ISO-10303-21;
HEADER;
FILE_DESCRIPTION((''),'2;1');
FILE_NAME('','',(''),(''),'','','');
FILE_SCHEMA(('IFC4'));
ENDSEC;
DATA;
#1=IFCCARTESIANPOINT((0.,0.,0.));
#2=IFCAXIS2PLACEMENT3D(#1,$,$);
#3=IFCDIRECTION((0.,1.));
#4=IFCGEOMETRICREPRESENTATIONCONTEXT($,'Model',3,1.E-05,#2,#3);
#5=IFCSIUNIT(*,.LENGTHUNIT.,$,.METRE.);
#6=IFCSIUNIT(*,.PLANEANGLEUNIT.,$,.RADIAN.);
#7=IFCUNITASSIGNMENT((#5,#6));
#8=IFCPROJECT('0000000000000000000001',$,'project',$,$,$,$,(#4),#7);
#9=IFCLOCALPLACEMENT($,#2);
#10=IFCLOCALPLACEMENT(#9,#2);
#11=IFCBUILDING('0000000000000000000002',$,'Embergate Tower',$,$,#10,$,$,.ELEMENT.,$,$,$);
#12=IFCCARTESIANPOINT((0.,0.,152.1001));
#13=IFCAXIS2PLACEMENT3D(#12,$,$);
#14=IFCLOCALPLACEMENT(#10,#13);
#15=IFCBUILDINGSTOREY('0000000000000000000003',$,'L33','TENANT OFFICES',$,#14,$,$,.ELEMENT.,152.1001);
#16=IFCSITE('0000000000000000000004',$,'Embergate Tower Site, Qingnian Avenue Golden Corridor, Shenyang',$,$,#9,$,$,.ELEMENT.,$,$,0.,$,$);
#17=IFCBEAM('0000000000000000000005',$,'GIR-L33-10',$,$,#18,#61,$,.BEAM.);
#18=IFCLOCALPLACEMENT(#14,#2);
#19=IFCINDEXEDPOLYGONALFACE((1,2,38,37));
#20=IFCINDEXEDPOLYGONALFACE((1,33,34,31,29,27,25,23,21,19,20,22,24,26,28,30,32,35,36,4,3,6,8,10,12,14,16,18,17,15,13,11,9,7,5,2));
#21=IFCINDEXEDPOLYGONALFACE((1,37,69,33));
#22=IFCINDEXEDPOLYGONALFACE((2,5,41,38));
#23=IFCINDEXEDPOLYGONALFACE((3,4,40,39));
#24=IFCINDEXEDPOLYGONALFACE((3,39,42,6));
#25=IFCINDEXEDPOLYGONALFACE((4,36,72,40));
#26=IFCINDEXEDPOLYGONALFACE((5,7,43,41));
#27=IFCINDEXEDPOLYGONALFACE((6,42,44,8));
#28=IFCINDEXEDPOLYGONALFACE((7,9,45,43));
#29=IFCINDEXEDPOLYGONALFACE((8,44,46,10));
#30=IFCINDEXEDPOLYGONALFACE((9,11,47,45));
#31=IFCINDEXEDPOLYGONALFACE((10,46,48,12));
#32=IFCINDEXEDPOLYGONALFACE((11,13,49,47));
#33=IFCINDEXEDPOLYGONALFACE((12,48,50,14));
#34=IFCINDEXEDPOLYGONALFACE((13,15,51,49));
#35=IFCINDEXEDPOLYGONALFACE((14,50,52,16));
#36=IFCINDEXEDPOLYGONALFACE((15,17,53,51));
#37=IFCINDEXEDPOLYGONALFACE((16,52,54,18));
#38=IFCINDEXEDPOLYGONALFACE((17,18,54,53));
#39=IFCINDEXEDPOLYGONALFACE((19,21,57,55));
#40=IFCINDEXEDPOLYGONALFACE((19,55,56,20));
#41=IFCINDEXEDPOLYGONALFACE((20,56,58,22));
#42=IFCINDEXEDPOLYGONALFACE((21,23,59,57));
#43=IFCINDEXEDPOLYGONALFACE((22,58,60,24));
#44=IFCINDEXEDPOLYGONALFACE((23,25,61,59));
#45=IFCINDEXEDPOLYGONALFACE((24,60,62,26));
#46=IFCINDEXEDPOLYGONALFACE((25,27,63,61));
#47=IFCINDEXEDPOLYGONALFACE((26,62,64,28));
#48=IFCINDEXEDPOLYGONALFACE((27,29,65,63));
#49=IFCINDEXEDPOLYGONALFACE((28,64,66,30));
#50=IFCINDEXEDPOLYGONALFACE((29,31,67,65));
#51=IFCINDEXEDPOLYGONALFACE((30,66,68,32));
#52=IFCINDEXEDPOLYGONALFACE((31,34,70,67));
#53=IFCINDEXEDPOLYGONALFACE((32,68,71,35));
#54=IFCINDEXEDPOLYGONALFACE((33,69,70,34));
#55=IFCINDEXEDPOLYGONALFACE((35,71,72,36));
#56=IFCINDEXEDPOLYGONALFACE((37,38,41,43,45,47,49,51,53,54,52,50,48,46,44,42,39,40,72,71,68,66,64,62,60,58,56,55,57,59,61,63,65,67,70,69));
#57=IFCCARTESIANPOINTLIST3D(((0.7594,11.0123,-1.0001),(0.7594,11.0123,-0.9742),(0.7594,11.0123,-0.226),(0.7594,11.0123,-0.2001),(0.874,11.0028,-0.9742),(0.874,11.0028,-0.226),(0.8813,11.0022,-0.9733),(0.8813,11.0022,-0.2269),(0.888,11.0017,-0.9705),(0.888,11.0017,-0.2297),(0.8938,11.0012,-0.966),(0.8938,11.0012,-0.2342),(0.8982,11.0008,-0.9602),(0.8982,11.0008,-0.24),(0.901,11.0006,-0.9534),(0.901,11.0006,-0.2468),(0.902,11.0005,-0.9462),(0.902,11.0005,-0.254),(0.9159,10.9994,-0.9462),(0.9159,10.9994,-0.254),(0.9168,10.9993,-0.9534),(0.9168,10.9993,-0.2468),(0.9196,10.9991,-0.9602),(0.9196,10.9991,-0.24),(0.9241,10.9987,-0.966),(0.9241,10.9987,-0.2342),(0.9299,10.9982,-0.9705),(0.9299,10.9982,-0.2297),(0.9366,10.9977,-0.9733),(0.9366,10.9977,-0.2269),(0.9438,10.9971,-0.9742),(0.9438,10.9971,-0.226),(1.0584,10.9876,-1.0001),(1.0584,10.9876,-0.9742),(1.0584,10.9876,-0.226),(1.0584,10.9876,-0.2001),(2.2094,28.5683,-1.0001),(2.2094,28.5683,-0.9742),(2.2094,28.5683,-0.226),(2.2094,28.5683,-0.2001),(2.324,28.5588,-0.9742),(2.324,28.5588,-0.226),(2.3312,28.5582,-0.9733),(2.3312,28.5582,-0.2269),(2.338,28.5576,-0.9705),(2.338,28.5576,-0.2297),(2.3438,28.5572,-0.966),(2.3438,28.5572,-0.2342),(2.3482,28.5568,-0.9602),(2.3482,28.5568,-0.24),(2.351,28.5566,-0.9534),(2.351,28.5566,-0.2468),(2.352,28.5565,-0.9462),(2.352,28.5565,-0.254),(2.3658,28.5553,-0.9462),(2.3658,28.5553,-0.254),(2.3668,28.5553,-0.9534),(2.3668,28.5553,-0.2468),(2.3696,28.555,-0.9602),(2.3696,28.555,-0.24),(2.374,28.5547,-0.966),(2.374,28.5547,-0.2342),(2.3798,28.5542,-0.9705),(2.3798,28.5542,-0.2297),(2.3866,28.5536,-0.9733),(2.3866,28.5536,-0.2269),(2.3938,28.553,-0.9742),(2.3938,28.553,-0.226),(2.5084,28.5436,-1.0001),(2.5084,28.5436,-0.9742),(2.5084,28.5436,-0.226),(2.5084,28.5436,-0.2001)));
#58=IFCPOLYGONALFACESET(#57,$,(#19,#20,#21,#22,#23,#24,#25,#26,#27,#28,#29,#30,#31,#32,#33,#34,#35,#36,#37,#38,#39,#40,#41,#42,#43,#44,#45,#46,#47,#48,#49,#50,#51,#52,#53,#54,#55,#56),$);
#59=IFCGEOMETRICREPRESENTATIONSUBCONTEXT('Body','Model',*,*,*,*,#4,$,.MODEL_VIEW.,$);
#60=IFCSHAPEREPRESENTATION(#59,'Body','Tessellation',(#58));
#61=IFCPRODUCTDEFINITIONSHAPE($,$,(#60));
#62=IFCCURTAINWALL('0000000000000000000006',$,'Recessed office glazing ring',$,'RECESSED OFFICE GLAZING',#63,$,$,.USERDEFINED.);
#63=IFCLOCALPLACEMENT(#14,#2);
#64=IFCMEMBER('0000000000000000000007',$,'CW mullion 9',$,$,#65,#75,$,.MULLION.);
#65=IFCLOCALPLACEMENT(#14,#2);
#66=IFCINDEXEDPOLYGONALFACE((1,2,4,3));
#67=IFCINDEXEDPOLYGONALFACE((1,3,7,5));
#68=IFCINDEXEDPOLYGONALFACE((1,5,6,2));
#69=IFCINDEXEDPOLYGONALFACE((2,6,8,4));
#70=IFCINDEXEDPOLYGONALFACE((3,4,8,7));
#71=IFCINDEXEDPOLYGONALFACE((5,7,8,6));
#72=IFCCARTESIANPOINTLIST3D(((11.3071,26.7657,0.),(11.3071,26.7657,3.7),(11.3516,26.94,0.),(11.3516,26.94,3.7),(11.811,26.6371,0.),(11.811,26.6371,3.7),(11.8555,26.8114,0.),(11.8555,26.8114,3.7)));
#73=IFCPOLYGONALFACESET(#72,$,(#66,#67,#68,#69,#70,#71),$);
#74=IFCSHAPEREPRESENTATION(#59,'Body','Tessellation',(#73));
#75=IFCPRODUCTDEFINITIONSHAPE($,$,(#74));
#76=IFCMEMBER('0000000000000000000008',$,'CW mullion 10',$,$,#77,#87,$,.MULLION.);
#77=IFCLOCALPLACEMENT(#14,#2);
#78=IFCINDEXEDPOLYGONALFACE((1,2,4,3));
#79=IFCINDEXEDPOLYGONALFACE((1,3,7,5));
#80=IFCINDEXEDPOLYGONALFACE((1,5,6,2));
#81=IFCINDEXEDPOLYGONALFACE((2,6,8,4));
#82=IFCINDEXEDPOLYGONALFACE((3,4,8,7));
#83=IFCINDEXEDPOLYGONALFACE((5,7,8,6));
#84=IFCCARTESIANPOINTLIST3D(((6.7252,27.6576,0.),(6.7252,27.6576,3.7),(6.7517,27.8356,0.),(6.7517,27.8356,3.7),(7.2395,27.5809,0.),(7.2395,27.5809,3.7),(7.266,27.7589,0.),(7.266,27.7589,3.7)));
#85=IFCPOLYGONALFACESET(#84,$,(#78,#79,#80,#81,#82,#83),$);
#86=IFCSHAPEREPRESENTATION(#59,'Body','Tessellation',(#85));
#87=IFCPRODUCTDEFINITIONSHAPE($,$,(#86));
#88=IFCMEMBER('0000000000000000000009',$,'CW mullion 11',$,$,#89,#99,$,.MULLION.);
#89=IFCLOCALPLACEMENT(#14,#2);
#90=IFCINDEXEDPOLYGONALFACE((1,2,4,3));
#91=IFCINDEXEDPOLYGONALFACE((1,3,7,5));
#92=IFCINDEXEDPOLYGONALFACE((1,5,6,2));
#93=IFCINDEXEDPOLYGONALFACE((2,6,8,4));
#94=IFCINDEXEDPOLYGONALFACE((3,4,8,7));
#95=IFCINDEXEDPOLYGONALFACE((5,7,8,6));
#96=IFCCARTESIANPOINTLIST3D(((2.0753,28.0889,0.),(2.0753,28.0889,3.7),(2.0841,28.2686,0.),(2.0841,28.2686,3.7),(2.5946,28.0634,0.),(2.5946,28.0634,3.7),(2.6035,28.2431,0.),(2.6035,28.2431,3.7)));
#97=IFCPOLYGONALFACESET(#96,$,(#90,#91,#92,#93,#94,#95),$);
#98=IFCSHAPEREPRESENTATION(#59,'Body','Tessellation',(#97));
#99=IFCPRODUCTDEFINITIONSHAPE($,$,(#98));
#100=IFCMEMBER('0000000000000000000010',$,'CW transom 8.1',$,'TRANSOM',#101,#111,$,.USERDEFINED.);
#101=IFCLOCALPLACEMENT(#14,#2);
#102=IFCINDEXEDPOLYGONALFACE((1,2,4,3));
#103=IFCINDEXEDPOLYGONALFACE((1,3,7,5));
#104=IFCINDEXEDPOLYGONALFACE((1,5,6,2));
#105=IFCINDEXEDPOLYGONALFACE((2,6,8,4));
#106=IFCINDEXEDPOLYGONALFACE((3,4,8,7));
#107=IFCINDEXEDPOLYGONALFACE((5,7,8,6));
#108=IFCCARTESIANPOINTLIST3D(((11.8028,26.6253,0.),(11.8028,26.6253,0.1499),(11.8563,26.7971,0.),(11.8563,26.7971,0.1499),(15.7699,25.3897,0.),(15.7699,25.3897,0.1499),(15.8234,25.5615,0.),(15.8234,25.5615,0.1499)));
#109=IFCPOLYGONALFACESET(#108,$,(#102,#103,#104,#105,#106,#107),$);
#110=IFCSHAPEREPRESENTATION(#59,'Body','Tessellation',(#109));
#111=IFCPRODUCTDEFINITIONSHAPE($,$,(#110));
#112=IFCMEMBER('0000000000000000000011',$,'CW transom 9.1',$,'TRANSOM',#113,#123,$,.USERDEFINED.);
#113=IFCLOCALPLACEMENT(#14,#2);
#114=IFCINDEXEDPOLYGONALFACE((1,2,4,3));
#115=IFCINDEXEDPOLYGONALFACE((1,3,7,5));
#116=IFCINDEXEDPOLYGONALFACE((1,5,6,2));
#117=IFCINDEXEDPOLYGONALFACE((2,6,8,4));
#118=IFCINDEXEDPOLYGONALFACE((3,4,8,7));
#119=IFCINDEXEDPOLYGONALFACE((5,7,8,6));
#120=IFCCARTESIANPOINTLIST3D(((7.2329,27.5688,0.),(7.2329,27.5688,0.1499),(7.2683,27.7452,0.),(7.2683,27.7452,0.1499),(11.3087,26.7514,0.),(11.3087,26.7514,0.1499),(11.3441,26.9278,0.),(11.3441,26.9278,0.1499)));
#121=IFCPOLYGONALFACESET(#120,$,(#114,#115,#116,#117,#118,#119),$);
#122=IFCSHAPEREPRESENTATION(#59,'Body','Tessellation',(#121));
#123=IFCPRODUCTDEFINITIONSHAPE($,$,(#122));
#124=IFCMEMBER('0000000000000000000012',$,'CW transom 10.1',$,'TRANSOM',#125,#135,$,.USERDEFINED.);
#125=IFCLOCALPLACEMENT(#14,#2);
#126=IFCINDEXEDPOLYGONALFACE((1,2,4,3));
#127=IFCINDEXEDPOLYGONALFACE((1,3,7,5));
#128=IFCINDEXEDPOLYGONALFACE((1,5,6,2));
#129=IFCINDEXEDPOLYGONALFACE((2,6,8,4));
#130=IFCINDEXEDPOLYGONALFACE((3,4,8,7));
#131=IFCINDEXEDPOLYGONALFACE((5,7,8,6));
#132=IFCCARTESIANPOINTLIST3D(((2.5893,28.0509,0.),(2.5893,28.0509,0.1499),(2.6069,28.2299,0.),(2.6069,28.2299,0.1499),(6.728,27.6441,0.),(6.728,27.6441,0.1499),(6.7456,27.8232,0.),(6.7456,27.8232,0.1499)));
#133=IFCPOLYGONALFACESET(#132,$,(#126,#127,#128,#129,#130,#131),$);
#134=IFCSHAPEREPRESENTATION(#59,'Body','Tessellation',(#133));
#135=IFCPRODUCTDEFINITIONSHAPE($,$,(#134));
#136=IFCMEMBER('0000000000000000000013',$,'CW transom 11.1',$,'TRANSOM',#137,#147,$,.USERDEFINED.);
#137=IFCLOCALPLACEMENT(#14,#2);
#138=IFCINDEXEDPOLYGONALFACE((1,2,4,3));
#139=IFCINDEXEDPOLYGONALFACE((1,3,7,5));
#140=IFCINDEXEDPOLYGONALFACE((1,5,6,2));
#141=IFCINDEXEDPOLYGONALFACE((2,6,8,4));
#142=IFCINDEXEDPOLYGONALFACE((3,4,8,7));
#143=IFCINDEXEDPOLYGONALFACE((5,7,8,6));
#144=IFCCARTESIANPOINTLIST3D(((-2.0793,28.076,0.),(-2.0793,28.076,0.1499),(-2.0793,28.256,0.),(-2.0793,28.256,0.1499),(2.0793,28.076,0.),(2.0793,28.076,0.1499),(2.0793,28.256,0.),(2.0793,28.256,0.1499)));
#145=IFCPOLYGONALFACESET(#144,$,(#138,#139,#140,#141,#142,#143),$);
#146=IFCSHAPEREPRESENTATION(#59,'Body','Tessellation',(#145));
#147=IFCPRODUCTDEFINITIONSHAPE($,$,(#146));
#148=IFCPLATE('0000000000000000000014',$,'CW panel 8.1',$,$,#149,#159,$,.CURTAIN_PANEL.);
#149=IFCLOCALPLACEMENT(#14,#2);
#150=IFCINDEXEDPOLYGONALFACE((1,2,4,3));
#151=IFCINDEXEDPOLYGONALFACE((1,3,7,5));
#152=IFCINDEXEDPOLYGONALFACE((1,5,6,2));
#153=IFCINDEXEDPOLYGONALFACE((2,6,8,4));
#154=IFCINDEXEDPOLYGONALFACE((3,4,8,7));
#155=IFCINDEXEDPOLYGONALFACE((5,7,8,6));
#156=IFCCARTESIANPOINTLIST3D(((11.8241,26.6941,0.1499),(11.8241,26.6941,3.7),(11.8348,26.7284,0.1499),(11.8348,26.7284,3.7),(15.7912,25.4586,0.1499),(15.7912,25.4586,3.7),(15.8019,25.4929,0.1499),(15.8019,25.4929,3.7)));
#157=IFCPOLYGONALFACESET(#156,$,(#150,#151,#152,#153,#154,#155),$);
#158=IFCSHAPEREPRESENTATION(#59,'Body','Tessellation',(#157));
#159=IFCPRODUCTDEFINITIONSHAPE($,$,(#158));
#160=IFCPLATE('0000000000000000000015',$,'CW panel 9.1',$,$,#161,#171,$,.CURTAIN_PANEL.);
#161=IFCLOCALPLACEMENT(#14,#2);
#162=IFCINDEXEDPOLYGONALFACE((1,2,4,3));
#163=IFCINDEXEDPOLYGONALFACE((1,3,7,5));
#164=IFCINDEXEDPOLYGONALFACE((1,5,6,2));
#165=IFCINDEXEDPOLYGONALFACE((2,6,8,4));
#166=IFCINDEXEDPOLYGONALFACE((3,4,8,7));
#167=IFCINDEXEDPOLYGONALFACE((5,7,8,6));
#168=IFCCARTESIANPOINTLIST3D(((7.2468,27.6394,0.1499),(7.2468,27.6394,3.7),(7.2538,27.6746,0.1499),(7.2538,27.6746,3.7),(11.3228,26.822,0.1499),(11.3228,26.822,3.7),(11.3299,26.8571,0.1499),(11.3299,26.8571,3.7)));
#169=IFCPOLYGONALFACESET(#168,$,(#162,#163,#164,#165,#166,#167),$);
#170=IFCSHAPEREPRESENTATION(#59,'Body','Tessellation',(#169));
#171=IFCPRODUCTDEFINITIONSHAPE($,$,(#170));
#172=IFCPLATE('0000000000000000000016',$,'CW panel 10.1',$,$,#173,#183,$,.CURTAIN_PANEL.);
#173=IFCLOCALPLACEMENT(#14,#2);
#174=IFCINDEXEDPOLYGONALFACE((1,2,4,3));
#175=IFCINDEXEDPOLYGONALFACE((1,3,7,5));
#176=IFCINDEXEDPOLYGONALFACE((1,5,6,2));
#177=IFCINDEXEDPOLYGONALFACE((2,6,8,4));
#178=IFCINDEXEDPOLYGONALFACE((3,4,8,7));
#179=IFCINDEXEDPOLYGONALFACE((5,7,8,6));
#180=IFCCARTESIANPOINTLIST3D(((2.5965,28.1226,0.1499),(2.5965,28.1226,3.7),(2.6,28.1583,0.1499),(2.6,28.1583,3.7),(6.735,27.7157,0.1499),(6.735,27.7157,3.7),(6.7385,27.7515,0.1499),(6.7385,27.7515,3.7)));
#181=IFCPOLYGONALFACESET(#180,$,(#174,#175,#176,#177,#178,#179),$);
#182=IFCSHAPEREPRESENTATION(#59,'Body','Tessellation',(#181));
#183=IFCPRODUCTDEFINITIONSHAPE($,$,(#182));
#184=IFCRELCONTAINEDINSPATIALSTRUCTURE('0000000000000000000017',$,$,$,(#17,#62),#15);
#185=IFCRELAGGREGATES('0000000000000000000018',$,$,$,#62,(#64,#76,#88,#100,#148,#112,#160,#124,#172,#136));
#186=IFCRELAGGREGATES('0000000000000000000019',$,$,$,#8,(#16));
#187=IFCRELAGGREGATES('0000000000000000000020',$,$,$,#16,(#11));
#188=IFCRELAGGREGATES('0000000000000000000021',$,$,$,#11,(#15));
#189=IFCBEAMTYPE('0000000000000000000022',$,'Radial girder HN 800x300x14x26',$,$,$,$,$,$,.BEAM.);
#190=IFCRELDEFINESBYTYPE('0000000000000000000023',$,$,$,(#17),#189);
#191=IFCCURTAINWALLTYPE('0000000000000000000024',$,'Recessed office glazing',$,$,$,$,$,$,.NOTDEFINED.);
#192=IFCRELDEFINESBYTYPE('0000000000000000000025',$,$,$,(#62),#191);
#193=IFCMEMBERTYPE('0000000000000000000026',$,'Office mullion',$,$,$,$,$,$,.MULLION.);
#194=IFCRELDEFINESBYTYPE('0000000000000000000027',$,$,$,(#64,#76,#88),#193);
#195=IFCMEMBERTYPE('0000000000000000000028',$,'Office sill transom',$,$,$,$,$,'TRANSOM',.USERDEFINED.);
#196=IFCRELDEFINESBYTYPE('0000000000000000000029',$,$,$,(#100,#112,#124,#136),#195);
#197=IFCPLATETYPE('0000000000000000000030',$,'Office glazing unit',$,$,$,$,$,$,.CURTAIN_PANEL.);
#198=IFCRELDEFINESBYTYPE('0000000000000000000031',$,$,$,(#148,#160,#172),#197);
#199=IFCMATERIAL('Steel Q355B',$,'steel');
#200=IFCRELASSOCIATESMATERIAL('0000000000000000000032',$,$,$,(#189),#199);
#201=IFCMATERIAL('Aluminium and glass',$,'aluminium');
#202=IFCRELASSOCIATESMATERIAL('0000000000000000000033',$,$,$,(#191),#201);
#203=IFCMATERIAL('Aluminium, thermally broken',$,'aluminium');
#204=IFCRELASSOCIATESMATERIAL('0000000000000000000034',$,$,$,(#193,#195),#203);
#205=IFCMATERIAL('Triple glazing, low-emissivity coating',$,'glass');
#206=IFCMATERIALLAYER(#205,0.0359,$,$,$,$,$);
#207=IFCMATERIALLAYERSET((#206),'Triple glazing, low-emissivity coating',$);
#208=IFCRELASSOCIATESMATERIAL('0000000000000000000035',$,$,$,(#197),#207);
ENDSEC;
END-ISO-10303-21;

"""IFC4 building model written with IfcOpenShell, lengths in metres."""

from ifc_helpers import new_model, si_unit, direction, frame, origin, origin_2d, place, context, subcontext, project, spatial, rectangle, i_section, extrude, source, transform, mapped, material, layer, layer_set, material_profile, profile_set, type_object, element, aggregate, save


model = new_model("IFC4")

# Units and contexts
model_context = context("Model", 3, precision=1e-05, world=origin(), true_north=direction((0.0, 1.0)))
body_context = subcontext(model_context, "Body", "Model", "MODEL_VIEW")
ifc_project = project(units=[si_unit("LENGTHUNIT", "METRE"), si_unit("PLANEANGLEUNIT", "RADIAN")], contexts=[model_context])

# Site, building, storey
site_placement = place(None, origin())
site = spatial("IfcSite", under=ifc_project, at=site_placement, Name="Embergate Tower Site, Qingnian Avenue Golden Corridor, Shenyang", CompositionType="ELEMENT", RefElevation=0.0)
building_placement = place(site_placement, origin())
building = spatial("IfcBuilding", under=site, at=building_placement, Name="Embergate Tower", CompositionType="ELEMENT")
storey_placement = place(building_placement, frame((0.0, 0.0, 152.1001)))
storey = spatial("IfcBuildingStorey", under=building, at=storey_placement, Name="L33", Description="TENANT OFFICES", CompositionType="ELEMENT", Elevation=152.1001)

# Beam
ifc_material_1 = material(Name="Steel Q355B", Category="steel")
ifc_material_profile_1 = material_profile(ifc_material_1, i_section(OverallWidth=0.3, OverallDepth=0.8, WebThickness=0.0139, FlangeThickness=0.0259, FilletRadius=0.0281, at=origin_2d()), Name="HN 800x300x14x26")
ifc_profile_set_1 = profile_set([ifc_material_profile_1], Name="Steel Q355 grade B")
beam_type_1 = type_object("IfcBeamType", Name="Radial girder HN 800x300x14x26", PredefinedType="BEAM", material=ifc_profile_set_1)
shared_shape_1 = source(origin(), body_context, "Body", "SweptSolid", [
    extrude(i_section(OverallWidth=0.3, OverallDepth=0.8, WebThickness=0.0139, FlangeThickness=0.0259, FilletRadius=0.0281, at=origin_2d()), origin(), (0.0, 0.0, 1.0), 17.6157),
])
beam_1_placement = place(storey_placement, frame((2.3589, 28.5559, -0.6001), z_axis=(-0.08231, -0.996607, 0.0), x_axis=(0.996607, -0.08231, 0.0)))
element("IfcBeam", 1, at=beam_1_placement, inside=storey, type_object=beam_type_1, Name="GIR-L33-10", PredefinedType="BEAM", context=body_context, shape_type="MappedRepresentation", body=[
    mapped(shared_shape_1, transform((0.0, 0.0, 0.0))),
])

# Curtain wall, members, plates
ifc_material_2 = material(Name="Aluminium and glass", Category="aluminium")
curtain_wall_type = type_object("IfcCurtainWallType", Name="Recessed office glazing", PredefinedType="NOTDEFINED", material=ifc_material_2)
curtain_wall_placement = place(storey_placement, origin())
curtain_wall = element("IfcCurtainWall", 2, at=curtain_wall_placement, inside=storey, type_object=curtain_wall_type, Name="Recessed office glazing ring", ObjectType="RECESSED OFFICE GLAZING", PredefinedType="USERDEFINED")
ifc_material_3 = material(Name="Aluminium, thermally broken", Category="aluminium")
ifc_material_profile_2 = material_profile(ifc_material_3, rectangle(XDim=0.1799, YDim=0.52, at=origin_2d()), Name="AL 520x180")
ifc_profile_set_2 = profile_set([ifc_material_profile_2], Name="Aluminium, thermally broken")
member_type_1 = type_object("IfcMemberType", Name="Office mullion", PredefinedType="MULLION", material=ifc_profile_set_2)
shared_shape_2 = source(origin(), body_context, "Body", "SweptSolid", [
    extrude(rectangle(XDim=0.1799, YDim=0.52, at=origin_2d()), origin(), (0.0, 0.0, 1.0), 3.7),
])
member_1_placement = place(storey_placement, frame((11.5813, 26.7886, 0.0), z_axis=(0.0, 0.0, 1.0), x_axis=(-0.247312, -0.968936, 0.0)))
member_1 = element("IfcMember", 3, at=member_1_placement, type_object=member_type_1, Name="CW mullion 9", PredefinedType="MULLION", context=body_context, shape_type="MappedRepresentation", body=[
    mapped(shared_shape_2, transform((0.0, 0.0, 0.0))),
])
member_2_placement = place(storey_placement, frame((6.9956, 27.7083, 0.0), z_axis=(0.0, 0.0, 1.0), x_axis=(-0.147412, -0.989075, 0.0)))
member_2 = element("IfcMember", 4, at=member_2_placement, type_object=member_type_1, Name="CW mullion 10", PredefinedType="MULLION", context=body_context, shape_type="MappedRepresentation", body=[
    mapped(shared_shape_2, transform((0.0, 0.0, 0.0))),
])
member_3_placement = place(storey_placement, frame((2.3394, 28.166, 0.0), z_axis=(0.0, 0.0, 1.0), x_axis=(-0.048972, -0.9988, 0.0)))
member_3 = element("IfcMember", 5, at=member_3_placement, type_object=member_type_1, Name="CW mullion 11", PredefinedType="MULLION", context=body_context, shape_type="MappedRepresentation", body=[
    mapped(shared_shape_2, transform((0.0, 0.0, 0.0))),
])
ifc_material_profile_3 = material_profile(ifc_material_3, rectangle(XDim=0.1799, YDim=0.1499, at=origin_2d()), Name="AL 150x180")
ifc_profile_set_3 = profile_set([ifc_material_profile_3], Name="Aluminium, thermally broken")
member_type_2 = type_object("IfcMemberType", Name="Office sill transom", ElementType="TRANSOM", PredefinedType="USERDEFINED", material=ifc_profile_set_3)
shared_shape_3 = source(origin(), body_context, "Body", "SweptSolid", [
    extrude(rectangle(XDim=0.1799, YDim=0.1499, at=origin_2d()), origin(), (0.0, 0.0, 1.0), 4.155),
])
member_4_placement = place(storey_placement, frame((15.7966, 25.4756, 0.075), z_axis=(-0.954761, 0.297375, 0.0), x_axis=(-0.297375, -0.954761, 0.0)))
member_4 = element("IfcMember", 6, at=member_4_placement, type_object=member_type_2, Name="CW transom 8.1", ObjectType="TRANSOM", PredefinedType="USERDEFINED", context=body_context, shape_type="MappedRepresentation", body=[
    mapped(shared_shape_3, transform((0.0, 0.0, 0.0))),
])
shared_shape_4 = source(origin(), body_context, "Body", "SweptSolid", [
    extrude(rectangle(XDim=0.1799, YDim=0.1499, at=origin_2d()), origin(), (0.0, 0.0, 1.0), 4.157),
])
member_5_placement = place(storey_placement, frame((11.3264, 26.8396, 0.075), z_axis=(-0.980479, 0.196624, 0.0), x_axis=(-0.196624, -0.980479, 0.0)))
member_5 = element("IfcMember", 7, at=member_5_placement, type_object=member_type_2, Name="CW transom 9.1", ObjectType="TRANSOM", PredefinedType="USERDEFINED", context=body_context, shape_type="MappedRepresentation", body=[
    mapped(shared_shape_4, transform((0.0, 0.0, 0.0))),
])
shared_shape_5 = source(origin(), body_context, "Body", "SweptSolid", [
    extrude(rectangle(XDim=0.1799, YDim=0.1499, at=origin_2d()), origin(), (0.0, 0.0, 1.0), 4.1587),
])
member_6_placement = place(storey_placement, frame((6.7368, 27.7336, 0.075), z_axis=(-0.995205, 0.097806, 0.0), x_axis=(-0.097806, -0.995205, 0.0)))
member_6 = element("IfcMember", 8, at=member_6_placement, type_object=member_type_2, Name="CW transom 10.1", ObjectType="TRANSOM", PredefinedType="USERDEFINED", context=body_context, shape_type="MappedRepresentation", body=[
    mapped(shared_shape_5, transform((0.0, 0.0, 0.0))),
])
member_7_placement = place(storey_placement, frame((2.0793, 28.166, 0.075), z_axis=(-1.0, 0.0, 0.0), x_axis=(0.0, -1.0, 0.0)))
member_7 = element("IfcMember", 9, at=member_7_placement, type_object=member_type_2, Name="CW transom 11.1", ObjectType="TRANSOM", PredefinedType="USERDEFINED", context=body_context, shape_type="MappedRepresentation", body=[
    mapped(shared_shape_5, transform((0.0, 0.0, 0.0))),
])
ifc_material_4 = material(Name="Triple glazing, low-emissivity coating", Category="glass")
ifc_layer_1 = layer(ifc_material_4, 0.0359)
ifc_layer_set_1 = layer_set([ifc_layer_1], Name="Triple glazing, low-emissivity coating")
plate_type = type_object("IfcPlateType", Name="Office glazing unit", PredefinedType="CURTAIN_PANEL", material=ifc_layer_set_1)
shared_shape_6 = source(origin(), body_context, "Body", "SweptSolid", [
    extrude(rectangle(XDim=4.155, YDim=0.0359, at=origin_2d()), origin(), (0.0, 0.0, 1.0), 3.55),
])
plate_1_placement = place(storey_placement, frame((13.813, 26.0935, 0.1499), z_axis=(0.0, 0.0, 1.0), x_axis=(-0.954772, 0.297338, 0.0)))
plate_1 = element("IfcPlate", 10, at=plate_1_placement, type_object=plate_type, Name="CW panel 8.1", PredefinedType="CURTAIN_PANEL", context=body_context, shape_type="MappedRepresentation", body=[
    mapped(shared_shape_6, transform((0.0, 0.0, 0.0))),
])
shared_shape_7 = source(origin(), body_context, "Body", "SweptSolid", [
    extrude(rectangle(XDim=4.1572, YDim=0.0359, at=origin_2d()), origin(), (0.0, 0.0, 1.0), 3.55),
])
plate_2_placement = place(storey_placement, frame((9.2883, 27.2483, 0.1499), z_axis=(0.0, 0.0, 1.0), x_axis=(-0.980476, 0.196639, 0.0)))
plate_2 = element("IfcPlate", 11, at=plate_2_placement, type_object=plate_type, Name="CW panel 9.1", PredefinedType="CURTAIN_PANEL", context=body_context, shape_type="MappedRepresentation", body=[
    mapped(shared_shape_7, transform((0.0, 0.0, 0.0))),
])
shared_shape_8 = source(origin(), body_context, "Body", "SweptSolid", [
    extrude(rectangle(XDim=4.1584, YDim=0.0359, at=origin_2d()), origin(), (0.0, 0.0, 1.0), 3.55),
])
plate_3_placement = place(storey_placement, frame((4.6675, 27.937, 0.1499), z_axis=(0.0, 0.0, 1.0), x_axis=(-0.995203, 0.09783, 0.0)))
plate_3 = element("IfcPlate", 12, at=plate_3_placement, type_object=plate_type, Name="CW panel 10.1", PredefinedType="CURTAIN_PANEL", context=body_context, shape_type="MappedRepresentation", body=[
    mapped(shared_shape_8, transform((0.0, 0.0, 0.0))),
])
aggregate(curtain_wall, [member_1, member_2, member_3, member_4, plate_1, member_5, plate_2, member_6, plate_3, member_7])

save(model, "model.ifc")
